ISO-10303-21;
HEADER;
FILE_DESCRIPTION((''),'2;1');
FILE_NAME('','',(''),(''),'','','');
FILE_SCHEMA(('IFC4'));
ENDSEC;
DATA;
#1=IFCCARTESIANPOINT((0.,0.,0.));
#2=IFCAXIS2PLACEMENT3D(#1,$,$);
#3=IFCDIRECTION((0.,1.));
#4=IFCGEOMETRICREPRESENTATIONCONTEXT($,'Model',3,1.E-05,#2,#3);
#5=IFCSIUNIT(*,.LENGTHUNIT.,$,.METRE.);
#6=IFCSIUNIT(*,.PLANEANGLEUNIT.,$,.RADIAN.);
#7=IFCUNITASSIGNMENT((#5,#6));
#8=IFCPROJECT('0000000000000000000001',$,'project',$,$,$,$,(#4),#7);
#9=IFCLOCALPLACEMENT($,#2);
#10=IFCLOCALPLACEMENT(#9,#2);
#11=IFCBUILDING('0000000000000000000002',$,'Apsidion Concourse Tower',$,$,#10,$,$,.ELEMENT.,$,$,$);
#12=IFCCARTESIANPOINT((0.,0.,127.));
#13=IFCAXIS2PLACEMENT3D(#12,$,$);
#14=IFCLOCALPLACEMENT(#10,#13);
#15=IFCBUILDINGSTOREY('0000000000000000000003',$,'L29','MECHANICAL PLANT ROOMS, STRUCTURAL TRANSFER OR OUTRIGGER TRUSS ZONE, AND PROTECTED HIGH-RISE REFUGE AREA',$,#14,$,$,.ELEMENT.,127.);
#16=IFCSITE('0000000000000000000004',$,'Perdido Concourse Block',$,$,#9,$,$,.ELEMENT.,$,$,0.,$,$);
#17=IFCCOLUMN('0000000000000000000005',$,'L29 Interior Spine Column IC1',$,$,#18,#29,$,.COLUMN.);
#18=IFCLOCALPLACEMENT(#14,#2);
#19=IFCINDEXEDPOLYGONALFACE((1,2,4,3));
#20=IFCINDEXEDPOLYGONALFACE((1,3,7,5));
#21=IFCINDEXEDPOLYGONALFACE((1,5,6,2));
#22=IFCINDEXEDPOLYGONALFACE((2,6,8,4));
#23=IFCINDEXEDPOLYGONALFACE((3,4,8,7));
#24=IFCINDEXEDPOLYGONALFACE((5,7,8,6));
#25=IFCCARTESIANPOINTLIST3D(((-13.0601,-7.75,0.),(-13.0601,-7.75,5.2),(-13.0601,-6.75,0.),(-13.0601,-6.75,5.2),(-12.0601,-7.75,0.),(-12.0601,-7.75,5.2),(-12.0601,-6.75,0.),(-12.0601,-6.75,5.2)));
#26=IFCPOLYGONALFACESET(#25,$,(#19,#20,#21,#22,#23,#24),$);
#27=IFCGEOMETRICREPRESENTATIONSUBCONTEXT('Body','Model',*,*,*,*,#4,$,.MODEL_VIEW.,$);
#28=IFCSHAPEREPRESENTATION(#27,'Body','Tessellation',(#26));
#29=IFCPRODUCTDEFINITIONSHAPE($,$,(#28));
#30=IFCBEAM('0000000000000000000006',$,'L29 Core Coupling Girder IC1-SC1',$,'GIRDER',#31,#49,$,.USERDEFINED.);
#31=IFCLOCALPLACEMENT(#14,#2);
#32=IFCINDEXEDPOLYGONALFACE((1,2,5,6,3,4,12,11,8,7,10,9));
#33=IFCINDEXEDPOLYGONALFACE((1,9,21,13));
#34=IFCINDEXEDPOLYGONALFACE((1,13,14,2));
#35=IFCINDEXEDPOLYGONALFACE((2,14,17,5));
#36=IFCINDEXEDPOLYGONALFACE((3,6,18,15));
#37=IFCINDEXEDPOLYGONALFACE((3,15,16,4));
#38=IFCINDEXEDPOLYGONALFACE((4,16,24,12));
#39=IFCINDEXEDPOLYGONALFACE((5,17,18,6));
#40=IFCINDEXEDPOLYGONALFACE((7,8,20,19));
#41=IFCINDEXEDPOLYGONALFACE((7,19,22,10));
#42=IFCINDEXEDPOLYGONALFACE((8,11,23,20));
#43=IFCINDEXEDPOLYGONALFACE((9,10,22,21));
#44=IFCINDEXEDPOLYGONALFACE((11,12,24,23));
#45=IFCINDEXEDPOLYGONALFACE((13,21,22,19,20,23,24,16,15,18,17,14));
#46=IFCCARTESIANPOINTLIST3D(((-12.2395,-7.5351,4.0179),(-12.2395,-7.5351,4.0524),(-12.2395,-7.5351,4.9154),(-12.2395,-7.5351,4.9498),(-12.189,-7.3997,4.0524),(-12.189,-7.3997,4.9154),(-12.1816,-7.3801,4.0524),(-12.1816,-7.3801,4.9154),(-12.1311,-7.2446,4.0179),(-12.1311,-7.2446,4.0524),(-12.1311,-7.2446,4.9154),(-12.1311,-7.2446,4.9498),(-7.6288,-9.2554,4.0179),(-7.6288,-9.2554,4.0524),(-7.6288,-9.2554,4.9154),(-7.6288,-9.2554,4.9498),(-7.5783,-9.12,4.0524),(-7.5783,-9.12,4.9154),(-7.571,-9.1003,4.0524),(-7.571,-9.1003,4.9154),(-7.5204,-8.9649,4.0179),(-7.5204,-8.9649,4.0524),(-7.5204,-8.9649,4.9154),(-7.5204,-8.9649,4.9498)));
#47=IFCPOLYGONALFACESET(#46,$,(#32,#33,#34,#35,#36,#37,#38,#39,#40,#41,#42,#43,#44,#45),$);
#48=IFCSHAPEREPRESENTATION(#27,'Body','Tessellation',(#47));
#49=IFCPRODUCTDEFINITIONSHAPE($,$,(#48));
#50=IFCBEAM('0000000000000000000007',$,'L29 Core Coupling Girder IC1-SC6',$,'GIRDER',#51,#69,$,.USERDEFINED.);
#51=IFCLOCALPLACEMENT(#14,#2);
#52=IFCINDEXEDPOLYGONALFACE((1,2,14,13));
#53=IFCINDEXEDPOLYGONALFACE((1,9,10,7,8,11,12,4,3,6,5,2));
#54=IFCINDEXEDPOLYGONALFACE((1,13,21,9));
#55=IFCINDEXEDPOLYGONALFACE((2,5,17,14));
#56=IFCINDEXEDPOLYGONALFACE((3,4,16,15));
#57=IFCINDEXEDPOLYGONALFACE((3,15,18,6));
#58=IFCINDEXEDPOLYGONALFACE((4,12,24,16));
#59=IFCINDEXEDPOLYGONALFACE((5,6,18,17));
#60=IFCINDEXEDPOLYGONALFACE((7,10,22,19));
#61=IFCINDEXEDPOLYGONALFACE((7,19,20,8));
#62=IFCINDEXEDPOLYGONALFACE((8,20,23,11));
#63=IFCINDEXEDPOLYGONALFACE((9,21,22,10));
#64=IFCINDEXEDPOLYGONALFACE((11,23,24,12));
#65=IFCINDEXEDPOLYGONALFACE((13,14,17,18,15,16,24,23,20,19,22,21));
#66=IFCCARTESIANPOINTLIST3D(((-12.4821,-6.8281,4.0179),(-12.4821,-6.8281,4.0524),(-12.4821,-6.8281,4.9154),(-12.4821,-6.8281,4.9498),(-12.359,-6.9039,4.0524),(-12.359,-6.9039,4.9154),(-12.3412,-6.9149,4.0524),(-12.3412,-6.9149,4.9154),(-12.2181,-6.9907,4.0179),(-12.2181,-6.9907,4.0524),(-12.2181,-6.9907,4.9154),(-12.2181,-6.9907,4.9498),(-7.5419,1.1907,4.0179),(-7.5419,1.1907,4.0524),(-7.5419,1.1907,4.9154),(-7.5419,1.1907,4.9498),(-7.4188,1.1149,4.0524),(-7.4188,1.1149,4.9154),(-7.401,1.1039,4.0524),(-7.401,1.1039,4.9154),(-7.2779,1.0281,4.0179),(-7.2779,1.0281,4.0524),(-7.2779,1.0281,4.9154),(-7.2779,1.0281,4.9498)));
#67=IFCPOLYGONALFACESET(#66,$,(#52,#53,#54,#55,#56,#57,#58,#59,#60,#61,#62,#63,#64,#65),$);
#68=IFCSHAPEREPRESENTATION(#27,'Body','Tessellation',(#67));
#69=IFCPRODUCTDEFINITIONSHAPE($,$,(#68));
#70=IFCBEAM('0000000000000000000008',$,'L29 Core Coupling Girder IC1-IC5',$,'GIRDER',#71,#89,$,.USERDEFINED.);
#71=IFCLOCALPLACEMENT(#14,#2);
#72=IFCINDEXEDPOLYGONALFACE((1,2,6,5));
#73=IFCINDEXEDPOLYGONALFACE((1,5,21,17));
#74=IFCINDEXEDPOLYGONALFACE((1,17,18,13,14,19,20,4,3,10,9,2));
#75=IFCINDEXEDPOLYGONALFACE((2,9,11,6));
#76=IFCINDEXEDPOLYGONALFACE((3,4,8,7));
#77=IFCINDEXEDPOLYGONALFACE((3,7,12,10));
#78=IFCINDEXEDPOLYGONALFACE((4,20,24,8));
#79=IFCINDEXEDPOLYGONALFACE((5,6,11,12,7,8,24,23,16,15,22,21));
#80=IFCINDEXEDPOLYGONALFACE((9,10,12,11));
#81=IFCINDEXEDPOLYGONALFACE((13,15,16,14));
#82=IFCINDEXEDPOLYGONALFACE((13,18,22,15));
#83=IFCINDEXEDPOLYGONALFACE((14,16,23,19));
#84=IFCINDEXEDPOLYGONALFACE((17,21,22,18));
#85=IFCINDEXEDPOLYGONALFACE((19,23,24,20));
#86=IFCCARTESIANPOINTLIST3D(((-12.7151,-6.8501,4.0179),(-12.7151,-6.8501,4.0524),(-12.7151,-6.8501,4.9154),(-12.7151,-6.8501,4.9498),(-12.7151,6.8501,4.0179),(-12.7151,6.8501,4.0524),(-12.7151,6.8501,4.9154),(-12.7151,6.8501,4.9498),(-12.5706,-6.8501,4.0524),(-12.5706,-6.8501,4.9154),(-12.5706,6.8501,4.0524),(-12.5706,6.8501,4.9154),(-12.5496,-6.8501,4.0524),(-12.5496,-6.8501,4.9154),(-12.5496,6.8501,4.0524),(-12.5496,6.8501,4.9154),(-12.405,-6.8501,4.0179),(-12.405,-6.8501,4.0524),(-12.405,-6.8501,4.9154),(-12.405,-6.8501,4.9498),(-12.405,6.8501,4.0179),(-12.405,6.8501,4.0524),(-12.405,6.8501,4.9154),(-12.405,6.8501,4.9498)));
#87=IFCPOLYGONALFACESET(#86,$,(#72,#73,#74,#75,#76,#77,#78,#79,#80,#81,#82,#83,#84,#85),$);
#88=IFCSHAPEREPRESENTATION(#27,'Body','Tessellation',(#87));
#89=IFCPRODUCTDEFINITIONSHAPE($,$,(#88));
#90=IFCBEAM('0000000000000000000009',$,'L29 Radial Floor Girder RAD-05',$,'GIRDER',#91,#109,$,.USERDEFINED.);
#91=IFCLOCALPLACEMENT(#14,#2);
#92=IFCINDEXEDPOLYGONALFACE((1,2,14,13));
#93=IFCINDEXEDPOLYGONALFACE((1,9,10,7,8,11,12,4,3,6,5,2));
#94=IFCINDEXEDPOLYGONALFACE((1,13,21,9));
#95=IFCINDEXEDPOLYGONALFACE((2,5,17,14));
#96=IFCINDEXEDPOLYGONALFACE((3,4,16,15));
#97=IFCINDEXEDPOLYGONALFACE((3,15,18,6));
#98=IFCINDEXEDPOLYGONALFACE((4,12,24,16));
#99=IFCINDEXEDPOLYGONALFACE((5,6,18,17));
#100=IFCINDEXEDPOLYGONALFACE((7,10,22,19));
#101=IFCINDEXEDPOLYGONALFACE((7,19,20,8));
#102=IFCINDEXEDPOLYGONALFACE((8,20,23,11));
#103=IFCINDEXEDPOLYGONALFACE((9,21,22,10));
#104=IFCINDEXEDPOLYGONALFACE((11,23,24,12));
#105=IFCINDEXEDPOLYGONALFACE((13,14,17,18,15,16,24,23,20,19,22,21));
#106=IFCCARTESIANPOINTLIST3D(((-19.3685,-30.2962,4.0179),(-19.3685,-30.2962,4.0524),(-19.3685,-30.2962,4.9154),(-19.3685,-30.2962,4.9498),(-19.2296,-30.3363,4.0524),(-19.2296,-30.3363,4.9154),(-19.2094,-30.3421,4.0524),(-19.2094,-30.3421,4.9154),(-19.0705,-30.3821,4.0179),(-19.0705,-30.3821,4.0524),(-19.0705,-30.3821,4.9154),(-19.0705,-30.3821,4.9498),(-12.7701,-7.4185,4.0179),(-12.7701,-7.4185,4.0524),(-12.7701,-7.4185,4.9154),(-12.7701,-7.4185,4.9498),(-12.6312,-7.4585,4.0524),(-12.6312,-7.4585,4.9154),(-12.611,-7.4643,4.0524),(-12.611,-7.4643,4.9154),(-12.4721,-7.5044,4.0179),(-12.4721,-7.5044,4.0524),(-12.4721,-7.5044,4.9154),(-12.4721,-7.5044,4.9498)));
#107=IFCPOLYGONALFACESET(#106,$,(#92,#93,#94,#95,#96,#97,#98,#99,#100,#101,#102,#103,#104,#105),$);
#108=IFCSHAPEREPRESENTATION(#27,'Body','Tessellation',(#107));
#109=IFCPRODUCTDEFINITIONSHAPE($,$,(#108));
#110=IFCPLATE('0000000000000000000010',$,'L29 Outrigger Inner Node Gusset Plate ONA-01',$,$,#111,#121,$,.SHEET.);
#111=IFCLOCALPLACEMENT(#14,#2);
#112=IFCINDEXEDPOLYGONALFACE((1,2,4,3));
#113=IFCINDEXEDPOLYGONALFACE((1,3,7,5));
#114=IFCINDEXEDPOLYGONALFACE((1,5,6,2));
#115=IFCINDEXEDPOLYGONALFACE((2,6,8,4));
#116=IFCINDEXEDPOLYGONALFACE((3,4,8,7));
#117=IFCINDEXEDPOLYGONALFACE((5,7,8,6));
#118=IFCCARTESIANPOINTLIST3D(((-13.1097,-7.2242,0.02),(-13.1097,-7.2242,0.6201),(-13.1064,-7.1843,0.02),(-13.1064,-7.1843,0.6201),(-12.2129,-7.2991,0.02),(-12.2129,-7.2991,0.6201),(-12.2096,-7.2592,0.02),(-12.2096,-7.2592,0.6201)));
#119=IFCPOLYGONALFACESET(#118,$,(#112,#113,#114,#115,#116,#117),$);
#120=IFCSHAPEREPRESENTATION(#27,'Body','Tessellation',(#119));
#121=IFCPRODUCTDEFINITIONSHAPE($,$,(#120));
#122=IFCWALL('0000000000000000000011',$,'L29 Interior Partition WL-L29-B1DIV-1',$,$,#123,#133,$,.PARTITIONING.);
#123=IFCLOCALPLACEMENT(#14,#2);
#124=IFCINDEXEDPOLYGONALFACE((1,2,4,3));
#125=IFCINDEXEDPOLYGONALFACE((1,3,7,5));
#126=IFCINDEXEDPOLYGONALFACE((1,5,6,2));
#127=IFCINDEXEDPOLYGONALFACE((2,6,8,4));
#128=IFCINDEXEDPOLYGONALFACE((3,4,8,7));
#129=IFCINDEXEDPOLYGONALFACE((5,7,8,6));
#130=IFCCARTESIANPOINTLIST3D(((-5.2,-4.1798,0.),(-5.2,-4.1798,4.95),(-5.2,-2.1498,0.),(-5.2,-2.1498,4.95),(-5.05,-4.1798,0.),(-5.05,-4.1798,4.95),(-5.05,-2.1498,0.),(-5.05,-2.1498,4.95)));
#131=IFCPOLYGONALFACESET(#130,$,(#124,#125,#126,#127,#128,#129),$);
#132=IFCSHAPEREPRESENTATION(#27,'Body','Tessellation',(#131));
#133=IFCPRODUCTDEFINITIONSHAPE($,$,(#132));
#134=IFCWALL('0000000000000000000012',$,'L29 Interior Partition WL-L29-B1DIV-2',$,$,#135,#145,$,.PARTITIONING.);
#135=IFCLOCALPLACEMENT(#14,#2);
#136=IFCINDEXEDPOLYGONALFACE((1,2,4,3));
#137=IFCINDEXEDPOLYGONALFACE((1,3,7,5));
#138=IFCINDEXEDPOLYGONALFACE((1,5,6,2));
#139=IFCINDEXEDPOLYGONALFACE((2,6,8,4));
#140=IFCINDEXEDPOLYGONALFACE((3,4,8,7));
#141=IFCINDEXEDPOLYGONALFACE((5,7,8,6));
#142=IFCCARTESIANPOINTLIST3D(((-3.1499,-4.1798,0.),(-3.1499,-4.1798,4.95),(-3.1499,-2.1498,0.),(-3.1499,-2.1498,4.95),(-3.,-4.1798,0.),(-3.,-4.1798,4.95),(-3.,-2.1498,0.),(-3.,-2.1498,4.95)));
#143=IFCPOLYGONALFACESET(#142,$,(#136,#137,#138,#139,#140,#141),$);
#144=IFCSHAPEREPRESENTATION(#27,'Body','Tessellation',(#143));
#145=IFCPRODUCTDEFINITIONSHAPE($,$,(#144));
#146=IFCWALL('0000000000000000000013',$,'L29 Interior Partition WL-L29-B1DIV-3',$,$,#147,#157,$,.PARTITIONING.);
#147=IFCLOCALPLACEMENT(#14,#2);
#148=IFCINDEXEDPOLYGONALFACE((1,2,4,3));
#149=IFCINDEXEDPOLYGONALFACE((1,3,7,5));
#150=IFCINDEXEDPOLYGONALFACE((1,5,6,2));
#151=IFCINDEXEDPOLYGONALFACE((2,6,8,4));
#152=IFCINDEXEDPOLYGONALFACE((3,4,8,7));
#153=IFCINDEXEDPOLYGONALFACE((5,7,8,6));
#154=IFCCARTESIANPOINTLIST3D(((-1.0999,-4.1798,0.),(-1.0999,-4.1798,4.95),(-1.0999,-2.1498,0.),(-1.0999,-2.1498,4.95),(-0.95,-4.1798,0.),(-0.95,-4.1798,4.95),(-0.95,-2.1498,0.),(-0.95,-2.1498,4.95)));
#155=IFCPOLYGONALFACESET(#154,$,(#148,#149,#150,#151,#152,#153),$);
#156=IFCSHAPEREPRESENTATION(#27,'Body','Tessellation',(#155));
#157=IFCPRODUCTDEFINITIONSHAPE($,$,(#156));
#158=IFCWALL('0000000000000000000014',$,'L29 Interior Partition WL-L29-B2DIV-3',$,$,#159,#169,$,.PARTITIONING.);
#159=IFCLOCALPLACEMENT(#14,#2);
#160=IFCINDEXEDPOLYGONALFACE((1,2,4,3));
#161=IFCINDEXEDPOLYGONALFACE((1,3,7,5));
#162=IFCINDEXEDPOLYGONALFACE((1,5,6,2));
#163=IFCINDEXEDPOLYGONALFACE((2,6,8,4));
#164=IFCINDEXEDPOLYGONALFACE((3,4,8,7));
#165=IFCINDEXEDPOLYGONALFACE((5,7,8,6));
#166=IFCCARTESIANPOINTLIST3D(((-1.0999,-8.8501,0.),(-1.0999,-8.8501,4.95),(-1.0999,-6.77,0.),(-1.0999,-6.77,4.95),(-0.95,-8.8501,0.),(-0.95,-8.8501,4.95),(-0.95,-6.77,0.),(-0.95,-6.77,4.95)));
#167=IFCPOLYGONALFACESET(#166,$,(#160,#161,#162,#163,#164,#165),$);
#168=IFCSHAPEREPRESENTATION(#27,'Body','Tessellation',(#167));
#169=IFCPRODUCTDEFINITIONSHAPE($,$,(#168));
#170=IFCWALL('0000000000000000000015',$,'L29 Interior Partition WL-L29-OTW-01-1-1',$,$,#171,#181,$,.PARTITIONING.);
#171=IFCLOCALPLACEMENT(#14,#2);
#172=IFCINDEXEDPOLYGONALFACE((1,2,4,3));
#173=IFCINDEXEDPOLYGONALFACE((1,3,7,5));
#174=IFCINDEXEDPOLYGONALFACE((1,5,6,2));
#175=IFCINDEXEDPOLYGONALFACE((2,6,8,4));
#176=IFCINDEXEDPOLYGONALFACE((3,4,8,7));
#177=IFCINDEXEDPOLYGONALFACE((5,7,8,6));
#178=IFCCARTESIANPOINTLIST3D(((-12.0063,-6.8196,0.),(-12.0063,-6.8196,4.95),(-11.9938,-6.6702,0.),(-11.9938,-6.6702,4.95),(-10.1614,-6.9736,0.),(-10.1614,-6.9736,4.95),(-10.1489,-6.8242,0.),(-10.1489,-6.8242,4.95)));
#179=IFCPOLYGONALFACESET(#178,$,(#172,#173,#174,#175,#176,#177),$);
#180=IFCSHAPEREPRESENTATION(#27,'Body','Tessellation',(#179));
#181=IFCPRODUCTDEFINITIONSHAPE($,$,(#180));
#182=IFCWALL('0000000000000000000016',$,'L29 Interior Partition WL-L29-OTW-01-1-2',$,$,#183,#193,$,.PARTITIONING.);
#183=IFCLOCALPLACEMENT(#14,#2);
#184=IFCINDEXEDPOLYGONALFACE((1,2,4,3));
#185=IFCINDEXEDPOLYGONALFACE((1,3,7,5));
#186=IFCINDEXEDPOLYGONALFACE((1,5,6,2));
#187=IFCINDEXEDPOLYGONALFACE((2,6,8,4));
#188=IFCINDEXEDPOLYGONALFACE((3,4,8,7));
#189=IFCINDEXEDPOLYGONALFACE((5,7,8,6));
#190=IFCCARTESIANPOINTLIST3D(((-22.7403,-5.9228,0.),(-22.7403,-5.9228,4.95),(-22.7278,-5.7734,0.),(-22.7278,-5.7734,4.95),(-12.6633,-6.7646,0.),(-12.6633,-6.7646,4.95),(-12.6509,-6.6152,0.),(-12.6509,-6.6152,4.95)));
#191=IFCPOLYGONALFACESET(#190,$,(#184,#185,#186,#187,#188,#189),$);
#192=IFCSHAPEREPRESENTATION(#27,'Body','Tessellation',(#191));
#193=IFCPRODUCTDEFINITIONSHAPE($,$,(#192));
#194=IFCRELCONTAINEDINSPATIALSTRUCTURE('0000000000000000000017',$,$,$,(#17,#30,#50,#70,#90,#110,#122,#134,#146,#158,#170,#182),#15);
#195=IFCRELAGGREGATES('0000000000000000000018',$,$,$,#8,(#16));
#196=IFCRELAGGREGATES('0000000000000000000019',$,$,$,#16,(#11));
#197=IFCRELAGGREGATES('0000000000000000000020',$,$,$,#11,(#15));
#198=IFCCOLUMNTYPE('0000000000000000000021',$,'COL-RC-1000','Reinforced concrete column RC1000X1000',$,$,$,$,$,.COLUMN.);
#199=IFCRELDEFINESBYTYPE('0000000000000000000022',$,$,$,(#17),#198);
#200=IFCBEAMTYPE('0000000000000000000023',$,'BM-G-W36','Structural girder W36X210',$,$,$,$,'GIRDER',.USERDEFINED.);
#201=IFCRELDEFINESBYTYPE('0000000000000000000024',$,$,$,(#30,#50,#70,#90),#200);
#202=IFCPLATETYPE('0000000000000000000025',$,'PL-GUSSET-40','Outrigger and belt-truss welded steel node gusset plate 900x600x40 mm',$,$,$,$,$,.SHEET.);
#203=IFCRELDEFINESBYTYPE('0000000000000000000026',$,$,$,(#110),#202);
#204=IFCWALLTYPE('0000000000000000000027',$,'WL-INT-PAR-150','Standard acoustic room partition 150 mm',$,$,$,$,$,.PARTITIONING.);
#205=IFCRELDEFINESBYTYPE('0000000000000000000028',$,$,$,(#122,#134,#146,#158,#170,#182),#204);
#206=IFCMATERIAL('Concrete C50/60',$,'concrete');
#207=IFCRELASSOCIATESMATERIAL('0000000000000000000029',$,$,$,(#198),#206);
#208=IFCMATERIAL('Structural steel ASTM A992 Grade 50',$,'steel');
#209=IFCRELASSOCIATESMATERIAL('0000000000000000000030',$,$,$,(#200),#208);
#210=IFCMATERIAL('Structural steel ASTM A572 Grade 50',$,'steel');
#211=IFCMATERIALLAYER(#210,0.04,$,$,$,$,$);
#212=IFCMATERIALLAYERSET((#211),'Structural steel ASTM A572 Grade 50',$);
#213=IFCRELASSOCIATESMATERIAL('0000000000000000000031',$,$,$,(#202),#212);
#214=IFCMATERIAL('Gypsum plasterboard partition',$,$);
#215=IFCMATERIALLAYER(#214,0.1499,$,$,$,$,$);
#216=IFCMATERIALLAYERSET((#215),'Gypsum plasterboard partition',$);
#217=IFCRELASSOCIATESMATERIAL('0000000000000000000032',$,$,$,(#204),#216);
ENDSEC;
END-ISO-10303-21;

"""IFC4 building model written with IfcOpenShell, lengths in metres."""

from ifc_helpers import new_model, si_unit, direction, frame, frame_2d, origin, origin_2d, place, context, subcontext, project, spatial, rectangle, i_section, extrude, material, layer, layer_set, material_profile, profile_set, type_object, element, save


model = new_model("IFC4")

# Units and contexts
model_context = context("Model", 3, precision=1e-05, world=origin(), true_north=direction((0.0, 1.0)))
body_context = subcontext(model_context, "Body", "Model", "MODEL_VIEW")
ifc_project = project(units=[si_unit("LENGTHUNIT", "METRE"), si_unit("PLANEANGLEUNIT", "RADIAN")], contexts=[model_context])

# Site, building, storey
site_placement = place(None, origin())
site = spatial("IfcSite", under=ifc_project, at=site_placement, Name="Perdido Concourse Block", CompositionType="ELEMENT", RefElevation=0.0)
building_placement = place(site_placement, origin())
building = spatial("IfcBuilding", under=site, at=building_placement, Name="Apsidion Concourse Tower", CompositionType="ELEMENT")
storey_placement = place(building_placement, frame((0.0, 0.0, 127.0)))
storey = spatial("IfcBuildingStorey", under=building, at=storey_placement, Name="L29", Description="MECHANICAL PLANT ROOMS, STRUCTURAL TRANSFER OR OUTRIGGER TRUSS ZONE, AND PROTECTED HIGH-RISE REFUGE AREA", CompositionType="ELEMENT", Elevation=127.0)

# Column
ifc_material_1 = material(Name="Concrete C50/60", Category="concrete")
ifc_material_profile_1 = material_profile(ifc_material_1, rectangle(XDim=1.0, YDim=1.0, at=origin_2d()), Name="RC 1000x1000")
ifc_profile_set_1 = profile_set([ifc_material_profile_1], Name="Concrete C50/60")
column_type = type_object("IfcColumnType", Name="COL-RC-1000", Description="Reinforced concrete column RC1000X1000", PredefinedType="COLUMN", material=ifc_profile_set_1)
column_placement = place(storey_placement, frame((-12.5601, -7.25, 0.0), z_axis=(0.0, 0.0, 1.0), x_axis=(1.0, 0.0, 0.0)))
element("IfcColumn", 1, at=column_placement, inside=storey, type_object=column_type, Name="L29 Interior Spine Column IC1", PredefinedType="COLUMN", context=body_context, shape_type="SweptSolid", body=[
    extrude(rectangle(XDim=1.0, YDim=1.0, at=origin_2d()), origin(), (0.0, 0.0, 1.0), 5.2),
])

# Beams
ifc_material_2 = material(Name="Structural steel ASTM A992 Grade 50", Category="steel")
ifc_material_profile_2 = material_profile(ifc_material_2, i_section(OverallWidth=0.3101, OverallDepth=0.9319, WebThickness=0.021, FlangeThickness=0.0344, at=origin_2d()), Name="W36X210")
ifc_profile_set_2 = profile_set([ifc_material_profile_2], Name="Structural steel ASTM A992 Grade 50")
beam_type = type_object("IfcBeamType", Name="BM-G-W36", Description="Structural girder W36X210", ElementType="GIRDER", PredefinedType="USERDEFINED", material=ifc_profile_set_2)
beam_1_placement = place(storey_placement, frame((-12.1853, -7.3899, 4.4839), z_axis=(0.936913, -0.349563, 0.0), x_axis=(0.349563, 0.936913, 0.0)))
element("IfcBeam", 2, at=beam_1_placement, inside=storey, type_object=beam_type, Name="L29 Core Coupling Girder IC1-SC1", ObjectType="GIRDER", PredefinedType="USERDEFINED", context=body_context, shape_type="SweptSolid", body=[
    extrude(i_section(OverallWidth=0.3101, OverallDepth=0.9319, WebThickness=0.021, FlangeThickness=0.0344, at=origin_2d()), origin(), (0.0, 0.0, 1.0), 4.9211),
])
beam_2_placement = place(storey_placement, frame((-12.3501, -6.9094, 4.4839), z_axis=(0.524524, 0.851396, 0.0), x_axis=(-0.851396, 0.524524, 0.0)))
element("IfcBeam", 3, at=beam_2_placement, inside=storey, type_object=beam_type, Name="L29 Core Coupling Girder IC1-SC6", ObjectType="GIRDER", PredefinedType="USERDEFINED", context=body_context, shape_type="SweptSolid", body=[
    extrude(i_section(OverallWidth=0.3101, OverallDepth=0.9319, WebThickness=0.021, FlangeThickness=0.0344, at=origin_2d()), origin(), (0.0, 0.0, 1.0), 9.4185),
])
beam_3_placement = place(storey_placement, frame((-12.5601, -6.8501, 4.4839), z_axis=(0.0, 1.0, 0.0), x_axis=(-1.0, 0.0, 0.0)))
element("IfcBeam", 4, at=beam_3_placement, inside=storey, type_object=beam_type, Name="L29 Core Coupling Girder IC1-IC5", ObjectType="GIRDER", PredefinedType="USERDEFINED", context=body_context, shape_type="SweptSolid", body=[
    extrude(i_section(OverallWidth=0.3101, OverallDepth=0.9319, WebThickness=0.021, FlangeThickness=0.0344, at=origin_2d()), origin(), (0.0, 0.0, 1.0), 13.7002),
])
beam_4_placement = place(storey_placement, frame((-12.6211, -7.4614, 4.4839), z_axis=(-0.277124, -0.960834, 0.0), x_axis=(0.960834, -0.277124, 0.0)))
element("IfcBeam", 5, at=beam_4_placement, inside=storey, type_object=beam_type, Name="L29 Radial Floor Girder RAD-05", ObjectType="GIRDER", PredefinedType="USERDEFINED", context=body_context, shape_type="SweptSolid", body=[
    extrude(i_section(OverallWidth=0.3101, OverallDepth=0.9319, WebThickness=0.021, FlangeThickness=0.0344, at=origin_2d()), origin(), (0.0, 0.0, 1.0), 23.8103),
])

# Plate
ifc_material_3 = material(Name="Structural steel ASTM A572 Grade 50", Category="steel")
ifc_layer_1 = layer(ifc_material_3, 0.04)
ifc_layer_set_1 = layer_set([ifc_layer_1], Name="Structural steel ASTM A572 Grade 50")
plate_type = type_object("IfcPlateType", Name="PL-GUSSET-40", Description="Outrigger and belt-truss welded steel node gusset plate 900x600x40 mm", PredefinedType="SHEET", material=ifc_layer_set_1)
plate_placement = place(storey_placement, frame((-12.6597, -7.2417, 0.02), z_axis=(0.0, 0.0, 1.0), x_axis=(-0.996522, 0.08333, 0.0)))
element("IfcPlate", 6, at=plate_placement, inside=storey, type_object=plate_type, Name="L29 Outrigger Inner Node Gusset Plate ONA-01", PredefinedType="SHEET", context=body_context, shape_type="SweptSolid", body=[
    extrude(rectangle(XDim=0.8999, YDim=0.04, at=origin_2d()), origin(), (0.0, 0.0, 1.0), 0.6001),
])

# Walls
ifc_material_4 = material(Name="Gypsum plasterboard partition")
ifc_layer_2 = layer(ifc_material_4, 0.1499)
ifc_layer_set_2 = layer_set([ifc_layer_2], Name="Gypsum plasterboard partition")
wall_type_1 = type_object("IfcWallType", Name="WL-INT-PAR-150", Description="Standard acoustic room partition 150 mm", PredefinedType="PARTITIONING", material=ifc_layer_set_2)
for number, where, z_axis, x_axis, name in (
    (7, (-5.125, -4.1799, 0.0), (0.0, 0.0, 1.0), (0.0, 1.0, 0.0), "L29 Interior Partition WL-L29-B1DIV-1"),
    (8, (-3.075, -4.1799, 0.0), (0.0, 0.0, 1.0), (0.0, 1.0, 0.0), "L29 Interior Partition WL-L29-B1DIV-2"),
    (9, (-1.0249, -4.1799, 0.0), (0.0, 0.0, 1.0), (0.0, 1.0, 0.0), "L29 Interior Partition WL-L29-B1DIV-3"),
):
    element("IfcWall", number, at=place(storey_placement, frame(where, z_axis=z_axis, x_axis=x_axis)), inside=storey, type_object=wall_type_1, Name=name, PredefinedType="PARTITIONING", context=body_context, shape_type="SweptSolid", body=[
        extrude(rectangle(XDim=2.03, YDim=0.1499, at=frame_2d((1.0151, 0.0))), origin(), (0.0, 0.0, 1.0), 4.95),
    ])
wall_1_placement = place(storey_placement, frame((-1.0249, -8.8501, 0.0), z_axis=(0.0, 0.0, 1.0), x_axis=(0.0, 1.0, 0.0)))
element("IfcWall", 10, at=wall_1_placement, inside=storey, type_object=wall_type_1, Name="L29 Interior Partition WL-L29-B2DIV-3", PredefinedType="PARTITIONING", context=body_context, shape_type="SweptSolid", body=[
    extrude(rectangle(XDim=2.0801, YDim=0.1499, at=frame_2d((1.04, 0.0))), origin(), (0.0, 0.0, 1.0), 4.95),
])
wall_2_placement = place(storey_placement, frame((-10.155, -6.8989, 0.0), z_axis=(0.0, 0.0, 1.0), x_axis=(-0.996532, 0.083209, 0.0)))
element("IfcWall", 11, at=wall_2_placement, inside=storey, type_object=wall_type_1, Name="L29 Interior Partition WL-L29-OTW-01-1-1", PredefinedType="PARTITIONING", context=body_context, shape_type="SweptSolid", body=[
    extrude(rectangle(XDim=1.8513, YDim=0.1499, at=frame_2d((0.9258, 0.0))), origin(), (0.0, 0.0, 1.0), 4.95),
])
wall_3_placement = place(storey_placement, frame((-12.657, -6.6899, 0.0), z_axis=(0.0, 0.0, 1.0), x_axis=(-0.996529, 0.083247, 0.0)))
element("IfcWall", 12, at=wall_3_placement, inside=storey, type_object=wall_type_1, Name="L29 Interior Partition WL-L29-OTW-01-1-2", PredefinedType="PARTITIONING", context=body_context, shape_type="SweptSolid", body=[
    extrude(rectangle(XDim=10.1121, YDim=0.1499, at=frame_2d((5.0562, 0.0))), origin(), (0.0, 0.0, 1.0), 4.95),
])

save(model, "model.ifc")
